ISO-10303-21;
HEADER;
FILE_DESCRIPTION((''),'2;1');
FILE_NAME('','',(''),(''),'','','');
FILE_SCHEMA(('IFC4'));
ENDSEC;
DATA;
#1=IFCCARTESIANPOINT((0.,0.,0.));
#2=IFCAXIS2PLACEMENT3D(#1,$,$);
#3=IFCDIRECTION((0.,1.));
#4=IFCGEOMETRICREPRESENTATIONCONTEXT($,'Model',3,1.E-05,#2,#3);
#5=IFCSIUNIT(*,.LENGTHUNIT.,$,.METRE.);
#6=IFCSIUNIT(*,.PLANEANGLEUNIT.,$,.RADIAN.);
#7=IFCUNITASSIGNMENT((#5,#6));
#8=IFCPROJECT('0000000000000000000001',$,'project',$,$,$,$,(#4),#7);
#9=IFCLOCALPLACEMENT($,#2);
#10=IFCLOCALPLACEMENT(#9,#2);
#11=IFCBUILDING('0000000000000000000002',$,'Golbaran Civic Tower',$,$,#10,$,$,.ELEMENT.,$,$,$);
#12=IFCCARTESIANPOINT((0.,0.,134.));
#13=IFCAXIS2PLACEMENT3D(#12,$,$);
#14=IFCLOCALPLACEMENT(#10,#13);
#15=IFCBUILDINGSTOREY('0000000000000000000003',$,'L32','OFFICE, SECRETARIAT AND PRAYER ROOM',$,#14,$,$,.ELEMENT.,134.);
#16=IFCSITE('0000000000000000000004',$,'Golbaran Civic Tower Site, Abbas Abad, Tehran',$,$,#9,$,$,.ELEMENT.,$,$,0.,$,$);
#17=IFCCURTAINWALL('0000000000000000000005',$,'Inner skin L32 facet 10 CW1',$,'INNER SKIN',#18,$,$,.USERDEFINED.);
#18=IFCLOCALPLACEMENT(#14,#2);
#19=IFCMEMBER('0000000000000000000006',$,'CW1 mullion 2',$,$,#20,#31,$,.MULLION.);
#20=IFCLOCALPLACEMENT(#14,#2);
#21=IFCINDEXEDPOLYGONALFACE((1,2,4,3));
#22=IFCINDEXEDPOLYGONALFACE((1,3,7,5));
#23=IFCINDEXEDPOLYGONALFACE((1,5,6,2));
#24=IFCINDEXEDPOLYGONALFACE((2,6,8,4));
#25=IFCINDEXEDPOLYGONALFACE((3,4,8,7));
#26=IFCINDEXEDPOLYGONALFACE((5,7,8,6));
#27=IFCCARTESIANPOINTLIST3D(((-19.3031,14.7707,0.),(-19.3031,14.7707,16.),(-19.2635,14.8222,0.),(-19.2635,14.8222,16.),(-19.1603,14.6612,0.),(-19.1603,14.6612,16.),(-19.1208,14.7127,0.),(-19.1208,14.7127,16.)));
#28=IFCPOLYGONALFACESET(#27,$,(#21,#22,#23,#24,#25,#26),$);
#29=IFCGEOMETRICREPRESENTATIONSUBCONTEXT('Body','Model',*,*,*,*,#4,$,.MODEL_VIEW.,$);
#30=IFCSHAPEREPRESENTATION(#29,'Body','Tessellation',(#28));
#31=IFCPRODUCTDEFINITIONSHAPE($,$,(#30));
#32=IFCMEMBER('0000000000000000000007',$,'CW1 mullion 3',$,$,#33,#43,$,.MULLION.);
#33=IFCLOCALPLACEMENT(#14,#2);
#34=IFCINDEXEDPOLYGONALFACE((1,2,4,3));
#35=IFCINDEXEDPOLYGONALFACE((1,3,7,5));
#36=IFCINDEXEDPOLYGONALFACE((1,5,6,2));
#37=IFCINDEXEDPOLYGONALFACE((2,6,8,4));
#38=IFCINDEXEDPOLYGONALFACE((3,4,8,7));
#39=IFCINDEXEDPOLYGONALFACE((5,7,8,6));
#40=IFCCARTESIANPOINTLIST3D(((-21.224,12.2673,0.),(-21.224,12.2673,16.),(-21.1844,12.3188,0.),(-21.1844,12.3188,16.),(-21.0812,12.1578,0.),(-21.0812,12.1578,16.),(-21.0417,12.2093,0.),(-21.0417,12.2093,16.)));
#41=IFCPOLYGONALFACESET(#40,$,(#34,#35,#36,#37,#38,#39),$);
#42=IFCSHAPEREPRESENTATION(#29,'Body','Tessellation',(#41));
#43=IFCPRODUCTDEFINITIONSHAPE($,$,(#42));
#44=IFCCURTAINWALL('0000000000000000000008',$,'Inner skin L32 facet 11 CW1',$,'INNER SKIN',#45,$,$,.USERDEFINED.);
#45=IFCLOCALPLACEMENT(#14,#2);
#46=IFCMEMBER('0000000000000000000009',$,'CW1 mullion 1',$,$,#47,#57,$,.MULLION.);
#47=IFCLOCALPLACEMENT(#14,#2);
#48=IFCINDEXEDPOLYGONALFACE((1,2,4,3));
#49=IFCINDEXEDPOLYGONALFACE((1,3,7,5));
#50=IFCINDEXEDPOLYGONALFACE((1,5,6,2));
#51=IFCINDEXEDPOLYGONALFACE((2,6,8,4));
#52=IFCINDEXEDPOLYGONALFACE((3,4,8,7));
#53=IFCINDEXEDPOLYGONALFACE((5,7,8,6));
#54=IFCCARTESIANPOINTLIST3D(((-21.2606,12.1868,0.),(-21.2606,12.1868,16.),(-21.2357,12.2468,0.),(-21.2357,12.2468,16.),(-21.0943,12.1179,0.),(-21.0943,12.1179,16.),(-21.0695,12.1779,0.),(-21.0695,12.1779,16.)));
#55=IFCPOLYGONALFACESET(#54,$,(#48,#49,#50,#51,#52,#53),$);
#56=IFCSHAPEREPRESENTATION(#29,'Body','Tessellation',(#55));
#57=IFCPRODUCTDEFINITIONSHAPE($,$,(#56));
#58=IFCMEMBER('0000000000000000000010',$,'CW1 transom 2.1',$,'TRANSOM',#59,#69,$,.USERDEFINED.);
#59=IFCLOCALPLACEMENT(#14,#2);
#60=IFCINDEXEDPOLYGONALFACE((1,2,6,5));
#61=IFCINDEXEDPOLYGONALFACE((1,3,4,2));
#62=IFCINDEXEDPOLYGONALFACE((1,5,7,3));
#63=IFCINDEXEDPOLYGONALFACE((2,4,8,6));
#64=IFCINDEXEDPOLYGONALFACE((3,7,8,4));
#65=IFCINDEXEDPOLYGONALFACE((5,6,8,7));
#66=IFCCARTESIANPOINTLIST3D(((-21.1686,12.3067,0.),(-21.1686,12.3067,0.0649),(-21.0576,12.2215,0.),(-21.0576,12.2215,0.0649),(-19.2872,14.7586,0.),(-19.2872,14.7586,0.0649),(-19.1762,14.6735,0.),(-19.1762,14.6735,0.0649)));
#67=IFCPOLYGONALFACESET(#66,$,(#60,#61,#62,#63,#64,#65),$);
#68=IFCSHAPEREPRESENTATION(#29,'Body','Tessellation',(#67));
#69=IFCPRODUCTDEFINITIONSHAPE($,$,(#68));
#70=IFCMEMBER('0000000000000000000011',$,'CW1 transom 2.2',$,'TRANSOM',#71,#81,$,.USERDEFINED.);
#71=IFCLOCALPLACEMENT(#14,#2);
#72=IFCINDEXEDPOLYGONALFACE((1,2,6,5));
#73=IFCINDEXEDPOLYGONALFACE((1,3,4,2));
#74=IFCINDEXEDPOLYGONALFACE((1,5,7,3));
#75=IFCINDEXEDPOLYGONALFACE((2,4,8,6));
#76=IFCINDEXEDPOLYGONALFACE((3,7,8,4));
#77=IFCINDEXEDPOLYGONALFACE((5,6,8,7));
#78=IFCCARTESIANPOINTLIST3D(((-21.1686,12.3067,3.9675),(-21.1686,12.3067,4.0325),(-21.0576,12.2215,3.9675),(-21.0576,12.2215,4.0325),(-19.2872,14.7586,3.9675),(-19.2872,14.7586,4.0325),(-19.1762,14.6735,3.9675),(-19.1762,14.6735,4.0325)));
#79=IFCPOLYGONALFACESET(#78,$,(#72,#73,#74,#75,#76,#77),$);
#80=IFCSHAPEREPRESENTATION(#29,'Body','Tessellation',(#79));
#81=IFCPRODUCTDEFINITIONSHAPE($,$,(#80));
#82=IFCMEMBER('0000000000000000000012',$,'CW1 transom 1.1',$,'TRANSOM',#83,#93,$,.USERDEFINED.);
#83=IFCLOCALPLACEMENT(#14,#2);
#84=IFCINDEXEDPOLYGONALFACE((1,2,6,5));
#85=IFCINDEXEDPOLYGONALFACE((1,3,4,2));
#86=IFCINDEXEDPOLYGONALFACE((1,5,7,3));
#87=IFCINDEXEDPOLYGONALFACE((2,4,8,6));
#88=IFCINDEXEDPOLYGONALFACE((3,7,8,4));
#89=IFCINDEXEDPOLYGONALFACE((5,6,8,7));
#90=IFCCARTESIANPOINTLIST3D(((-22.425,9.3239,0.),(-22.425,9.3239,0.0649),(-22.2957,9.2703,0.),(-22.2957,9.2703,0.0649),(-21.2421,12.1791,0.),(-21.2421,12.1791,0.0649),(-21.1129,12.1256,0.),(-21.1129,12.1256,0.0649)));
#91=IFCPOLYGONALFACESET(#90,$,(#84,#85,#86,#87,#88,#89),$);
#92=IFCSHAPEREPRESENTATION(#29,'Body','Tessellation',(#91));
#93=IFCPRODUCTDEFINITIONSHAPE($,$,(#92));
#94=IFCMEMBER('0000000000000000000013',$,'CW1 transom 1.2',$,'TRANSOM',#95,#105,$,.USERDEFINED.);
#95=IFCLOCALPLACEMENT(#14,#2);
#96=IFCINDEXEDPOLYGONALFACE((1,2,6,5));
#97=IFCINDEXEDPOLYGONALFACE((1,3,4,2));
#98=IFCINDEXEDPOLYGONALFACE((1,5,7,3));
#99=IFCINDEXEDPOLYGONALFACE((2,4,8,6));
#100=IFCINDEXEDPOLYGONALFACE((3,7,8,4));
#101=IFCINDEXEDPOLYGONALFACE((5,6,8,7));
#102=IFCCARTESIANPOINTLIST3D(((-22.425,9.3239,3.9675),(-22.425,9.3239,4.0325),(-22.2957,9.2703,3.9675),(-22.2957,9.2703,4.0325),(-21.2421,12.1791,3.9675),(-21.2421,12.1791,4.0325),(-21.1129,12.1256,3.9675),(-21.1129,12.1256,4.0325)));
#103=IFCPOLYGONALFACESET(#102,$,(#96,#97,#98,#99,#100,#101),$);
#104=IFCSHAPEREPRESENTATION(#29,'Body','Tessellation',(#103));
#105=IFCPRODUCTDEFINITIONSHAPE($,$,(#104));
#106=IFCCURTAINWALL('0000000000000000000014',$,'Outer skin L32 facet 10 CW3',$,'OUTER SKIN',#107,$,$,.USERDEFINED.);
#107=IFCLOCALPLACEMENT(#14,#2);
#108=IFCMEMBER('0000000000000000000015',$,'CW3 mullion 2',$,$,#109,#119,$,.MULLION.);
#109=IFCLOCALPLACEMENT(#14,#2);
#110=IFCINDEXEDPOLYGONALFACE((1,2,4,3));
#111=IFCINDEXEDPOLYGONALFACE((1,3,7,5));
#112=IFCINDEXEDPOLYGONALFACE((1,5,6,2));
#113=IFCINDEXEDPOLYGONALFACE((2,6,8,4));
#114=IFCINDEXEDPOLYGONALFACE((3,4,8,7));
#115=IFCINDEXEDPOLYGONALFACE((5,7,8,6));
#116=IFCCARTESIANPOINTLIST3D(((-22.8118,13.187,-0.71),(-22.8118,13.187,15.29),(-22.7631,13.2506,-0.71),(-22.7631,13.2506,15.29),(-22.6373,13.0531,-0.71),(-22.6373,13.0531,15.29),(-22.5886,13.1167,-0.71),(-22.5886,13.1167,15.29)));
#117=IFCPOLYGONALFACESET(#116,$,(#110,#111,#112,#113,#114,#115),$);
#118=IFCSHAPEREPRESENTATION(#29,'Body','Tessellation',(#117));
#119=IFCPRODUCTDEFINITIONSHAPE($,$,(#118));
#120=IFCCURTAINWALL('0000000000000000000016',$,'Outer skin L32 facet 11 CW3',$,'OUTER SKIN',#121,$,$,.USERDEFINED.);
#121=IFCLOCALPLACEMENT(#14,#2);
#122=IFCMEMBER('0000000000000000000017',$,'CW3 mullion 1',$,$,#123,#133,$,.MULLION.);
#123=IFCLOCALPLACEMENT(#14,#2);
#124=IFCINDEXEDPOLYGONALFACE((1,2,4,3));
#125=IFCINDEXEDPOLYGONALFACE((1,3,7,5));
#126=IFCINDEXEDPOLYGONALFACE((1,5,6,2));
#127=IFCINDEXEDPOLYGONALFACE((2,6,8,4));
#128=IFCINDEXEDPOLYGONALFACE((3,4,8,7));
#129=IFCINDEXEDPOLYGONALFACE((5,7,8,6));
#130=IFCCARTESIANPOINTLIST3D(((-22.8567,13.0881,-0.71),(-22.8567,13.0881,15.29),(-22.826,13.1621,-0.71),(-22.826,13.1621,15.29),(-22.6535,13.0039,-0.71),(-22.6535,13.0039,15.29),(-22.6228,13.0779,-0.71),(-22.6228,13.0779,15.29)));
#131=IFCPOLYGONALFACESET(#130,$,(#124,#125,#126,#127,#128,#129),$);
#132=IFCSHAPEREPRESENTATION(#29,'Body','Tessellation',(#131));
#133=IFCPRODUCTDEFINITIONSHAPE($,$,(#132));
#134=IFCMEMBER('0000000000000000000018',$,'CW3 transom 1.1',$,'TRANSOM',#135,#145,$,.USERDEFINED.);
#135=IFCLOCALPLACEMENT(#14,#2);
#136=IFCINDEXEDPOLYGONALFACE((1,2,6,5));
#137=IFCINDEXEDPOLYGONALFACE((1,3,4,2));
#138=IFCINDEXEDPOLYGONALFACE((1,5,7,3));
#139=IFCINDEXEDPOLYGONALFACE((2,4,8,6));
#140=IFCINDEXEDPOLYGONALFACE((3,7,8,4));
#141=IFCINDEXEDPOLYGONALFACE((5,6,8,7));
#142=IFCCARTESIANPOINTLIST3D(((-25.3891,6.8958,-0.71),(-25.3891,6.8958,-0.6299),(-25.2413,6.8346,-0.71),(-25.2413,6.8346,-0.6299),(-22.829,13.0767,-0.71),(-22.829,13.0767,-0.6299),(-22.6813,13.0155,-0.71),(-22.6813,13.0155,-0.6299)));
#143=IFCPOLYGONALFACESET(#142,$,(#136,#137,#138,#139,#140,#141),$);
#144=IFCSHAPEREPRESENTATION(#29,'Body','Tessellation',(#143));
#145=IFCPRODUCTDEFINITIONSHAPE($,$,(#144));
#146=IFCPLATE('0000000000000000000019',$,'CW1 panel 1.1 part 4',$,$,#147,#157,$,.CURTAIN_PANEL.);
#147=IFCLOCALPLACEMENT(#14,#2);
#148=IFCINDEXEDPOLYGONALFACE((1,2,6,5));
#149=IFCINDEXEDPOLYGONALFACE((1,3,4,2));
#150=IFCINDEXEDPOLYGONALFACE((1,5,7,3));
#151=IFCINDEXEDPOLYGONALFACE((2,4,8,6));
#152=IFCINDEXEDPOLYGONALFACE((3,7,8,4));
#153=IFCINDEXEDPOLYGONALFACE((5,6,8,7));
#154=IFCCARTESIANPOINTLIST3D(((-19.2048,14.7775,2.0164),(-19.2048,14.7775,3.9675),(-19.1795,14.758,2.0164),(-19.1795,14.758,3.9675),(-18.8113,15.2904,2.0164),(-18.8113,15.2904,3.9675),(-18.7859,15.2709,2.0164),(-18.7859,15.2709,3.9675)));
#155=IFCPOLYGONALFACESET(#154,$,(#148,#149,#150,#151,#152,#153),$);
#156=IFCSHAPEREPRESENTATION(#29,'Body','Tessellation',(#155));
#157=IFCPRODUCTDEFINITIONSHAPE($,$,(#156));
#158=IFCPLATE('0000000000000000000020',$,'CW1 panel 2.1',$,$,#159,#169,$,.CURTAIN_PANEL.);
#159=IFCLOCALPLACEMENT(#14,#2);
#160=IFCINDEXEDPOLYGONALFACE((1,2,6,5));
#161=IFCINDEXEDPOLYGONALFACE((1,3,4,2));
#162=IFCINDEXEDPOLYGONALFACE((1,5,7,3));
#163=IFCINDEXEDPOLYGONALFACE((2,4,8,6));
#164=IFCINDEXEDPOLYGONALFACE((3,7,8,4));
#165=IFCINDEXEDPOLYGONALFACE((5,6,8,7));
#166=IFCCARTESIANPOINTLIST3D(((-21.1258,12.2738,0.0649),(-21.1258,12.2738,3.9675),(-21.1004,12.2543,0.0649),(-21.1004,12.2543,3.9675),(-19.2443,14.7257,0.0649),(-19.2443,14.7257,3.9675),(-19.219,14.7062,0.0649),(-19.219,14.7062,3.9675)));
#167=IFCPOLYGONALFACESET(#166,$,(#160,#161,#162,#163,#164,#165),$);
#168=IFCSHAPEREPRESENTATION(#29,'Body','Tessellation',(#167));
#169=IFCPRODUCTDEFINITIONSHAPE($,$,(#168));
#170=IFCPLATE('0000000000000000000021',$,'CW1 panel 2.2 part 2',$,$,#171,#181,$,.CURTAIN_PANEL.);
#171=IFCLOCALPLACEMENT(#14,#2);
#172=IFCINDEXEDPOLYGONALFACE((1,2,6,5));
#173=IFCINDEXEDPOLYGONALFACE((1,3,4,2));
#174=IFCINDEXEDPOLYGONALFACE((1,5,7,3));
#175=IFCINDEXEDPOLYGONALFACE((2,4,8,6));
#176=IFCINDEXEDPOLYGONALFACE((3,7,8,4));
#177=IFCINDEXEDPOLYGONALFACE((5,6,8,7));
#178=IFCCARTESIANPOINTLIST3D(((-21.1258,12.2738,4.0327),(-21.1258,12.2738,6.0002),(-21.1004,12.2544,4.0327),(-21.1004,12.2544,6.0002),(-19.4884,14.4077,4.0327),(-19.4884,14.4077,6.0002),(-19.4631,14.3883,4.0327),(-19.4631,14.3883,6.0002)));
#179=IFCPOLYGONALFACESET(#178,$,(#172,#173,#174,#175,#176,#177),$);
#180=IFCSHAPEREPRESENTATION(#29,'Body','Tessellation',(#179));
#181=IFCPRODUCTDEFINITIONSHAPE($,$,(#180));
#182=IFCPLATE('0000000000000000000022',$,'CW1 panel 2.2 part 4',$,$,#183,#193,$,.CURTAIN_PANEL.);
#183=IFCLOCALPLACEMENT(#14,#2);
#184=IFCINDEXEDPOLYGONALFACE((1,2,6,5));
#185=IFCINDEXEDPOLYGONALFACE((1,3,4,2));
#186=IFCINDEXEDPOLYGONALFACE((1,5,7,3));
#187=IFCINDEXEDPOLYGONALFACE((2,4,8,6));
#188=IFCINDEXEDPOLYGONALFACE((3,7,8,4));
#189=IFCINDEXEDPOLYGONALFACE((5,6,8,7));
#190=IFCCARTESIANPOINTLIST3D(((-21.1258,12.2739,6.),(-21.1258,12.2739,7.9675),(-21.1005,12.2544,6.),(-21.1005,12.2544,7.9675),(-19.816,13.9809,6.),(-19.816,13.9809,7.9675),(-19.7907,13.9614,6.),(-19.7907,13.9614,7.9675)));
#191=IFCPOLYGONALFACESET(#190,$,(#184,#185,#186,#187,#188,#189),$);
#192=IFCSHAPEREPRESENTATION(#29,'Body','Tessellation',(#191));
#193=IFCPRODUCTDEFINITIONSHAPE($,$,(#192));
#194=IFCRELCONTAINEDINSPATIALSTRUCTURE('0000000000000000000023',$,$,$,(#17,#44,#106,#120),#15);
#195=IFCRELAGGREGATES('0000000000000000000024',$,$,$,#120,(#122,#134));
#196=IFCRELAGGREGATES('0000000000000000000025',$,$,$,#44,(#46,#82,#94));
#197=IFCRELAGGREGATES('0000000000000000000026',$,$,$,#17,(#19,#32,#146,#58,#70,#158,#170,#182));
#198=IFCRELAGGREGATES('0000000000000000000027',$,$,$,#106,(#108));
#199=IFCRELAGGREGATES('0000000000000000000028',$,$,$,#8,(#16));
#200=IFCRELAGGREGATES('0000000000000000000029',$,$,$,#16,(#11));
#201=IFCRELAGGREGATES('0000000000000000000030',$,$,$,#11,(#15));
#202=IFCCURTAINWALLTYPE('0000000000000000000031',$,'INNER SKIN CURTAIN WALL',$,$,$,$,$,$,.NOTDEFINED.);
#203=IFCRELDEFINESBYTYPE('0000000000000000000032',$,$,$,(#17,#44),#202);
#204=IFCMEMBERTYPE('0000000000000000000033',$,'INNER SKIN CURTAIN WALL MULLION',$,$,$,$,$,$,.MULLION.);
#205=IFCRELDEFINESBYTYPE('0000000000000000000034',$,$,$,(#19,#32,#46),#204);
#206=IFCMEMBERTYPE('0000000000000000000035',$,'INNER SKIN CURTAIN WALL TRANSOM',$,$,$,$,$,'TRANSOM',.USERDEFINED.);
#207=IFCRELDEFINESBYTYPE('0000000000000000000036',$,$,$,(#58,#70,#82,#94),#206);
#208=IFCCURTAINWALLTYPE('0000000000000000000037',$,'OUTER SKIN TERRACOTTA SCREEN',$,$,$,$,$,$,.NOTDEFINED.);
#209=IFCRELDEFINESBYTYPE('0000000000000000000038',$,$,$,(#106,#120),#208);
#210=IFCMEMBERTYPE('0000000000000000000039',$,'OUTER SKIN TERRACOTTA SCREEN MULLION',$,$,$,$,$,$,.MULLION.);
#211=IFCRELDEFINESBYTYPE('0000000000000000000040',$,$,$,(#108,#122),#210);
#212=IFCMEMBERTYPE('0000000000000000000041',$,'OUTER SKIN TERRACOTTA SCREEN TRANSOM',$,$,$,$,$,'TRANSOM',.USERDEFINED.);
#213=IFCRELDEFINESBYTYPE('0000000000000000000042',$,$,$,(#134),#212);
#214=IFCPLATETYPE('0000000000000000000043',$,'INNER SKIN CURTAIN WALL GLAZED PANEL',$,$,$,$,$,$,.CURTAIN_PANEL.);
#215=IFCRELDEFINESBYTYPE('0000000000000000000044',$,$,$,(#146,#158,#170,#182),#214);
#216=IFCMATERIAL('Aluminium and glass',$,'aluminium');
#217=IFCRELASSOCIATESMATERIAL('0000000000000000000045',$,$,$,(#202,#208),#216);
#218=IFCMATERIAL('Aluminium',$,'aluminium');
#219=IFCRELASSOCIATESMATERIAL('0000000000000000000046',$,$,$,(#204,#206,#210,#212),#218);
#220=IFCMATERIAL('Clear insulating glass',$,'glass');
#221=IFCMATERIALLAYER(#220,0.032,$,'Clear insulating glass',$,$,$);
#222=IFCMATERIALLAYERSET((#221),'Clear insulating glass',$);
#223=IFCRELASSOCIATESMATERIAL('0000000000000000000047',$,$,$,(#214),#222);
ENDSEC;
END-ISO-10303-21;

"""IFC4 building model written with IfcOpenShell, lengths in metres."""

from ifc_helpers import new_model, si_unit, direction, frame, origin, origin_2d, place, context, subcontext, project, spatial, rectangle, extrude, material, layer, layer_set, material_profile, profile_set, type_object, element, aggregate, save


model = new_model("IFC4")

# Units and contexts
model_context = context("Model", 3, precision=1e-05, world=origin(), true_north=direction((0.0, 1.0)))
body_context = subcontext(model_context, "Body", "Model", "MODEL_VIEW")
ifc_project = project(units=[si_unit("LENGTHUNIT", "METRE"), si_unit("PLANEANGLEUNIT", "RADIAN")], contexts=[model_context])

# Site, building, storey
site_placement = place(None, origin())
site = spatial("IfcSite", under=ifc_project, at=site_placement, Name="Golbaran Civic Tower Site, Abbas Abad, Tehran", CompositionType="ELEMENT", RefElevation=0.0)
building_placement = place(site_placement, origin())
building = spatial("IfcBuilding", under=site, at=building_placement, Name="Golbaran Civic Tower", CompositionType="ELEMENT")
storey_placement = place(building_placement, frame((0.0, 0.0, 134.0)))
storey = spatial("IfcBuildingStorey", under=building, at=storey_placement, Name="L32", Description="OFFICE, SECRETARIAT AND PRAYER ROOM", CompositionType="ELEMENT", Elevation=134.0)

# Curtain wall, members
ifc_material_1 = material(Name="Aluminium and glass", Category="aluminium")
curtain_wall_type_1 = type_object("IfcCurtainWallType", Name="INNER SKIN CURTAIN WALL", PredefinedType="NOTDEFINED", material=ifc_material_1)
curtain_wall_1_placement = place(storey_placement, origin())
curtain_wall_1 = element("IfcCurtainWall", 1, at=curtain_wall_1_placement, inside=storey, type_object=curtain_wall_type_1, Name="Inner skin L32 facet 10 CW1", ObjectType="INNER SKIN", PredefinedType="USERDEFINED")
ifc_material_2 = material(Name="Aluminium", Category="aluminium")
ifc_material_profile_1 = material_profile(ifc_material_2, rectangle(XDim=0.1799, YDim=0.0649, at=origin_2d()), Name="INNER SKIN CURTAIN WALL MULLION")
ifc_profile_set_1 = profile_set([ifc_material_profile_1], Name="Aluminium")
member_type_1 = type_object("IfcMemberType", Name="INNER SKIN CURTAIN WALL MULLION", PredefinedType="MULLION", material=ifc_profile_set_1)
member_1_placement = place(storey_placement, frame((-19.2119, 14.7417, 0.0), z_axis=(0.0, 0.0, 1.0), x_axis=(0.793353, -0.608761, 0.0)))
member_1 = element("IfcMember", 2, at=member_1_placement, type_object=member_type_1, Name="CW1 mullion 2", PredefinedType="MULLION", context=body_context, shape_type="SweptSolid", body=[
    extrude(rectangle(XDim=0.1799, YDim=0.0649, at=origin_2d()), origin(), (0.0, 0.0, 1.0), 16.0),
])
member_2_placement = place(storey_placement, frame((-21.1328, 12.2383, 0.0), z_axis=(0.0, 0.0, 1.0), x_axis=(0.793353, -0.608761, 0.0)))
member_2 = element("IfcMember", 3, at=member_2_placement, type_object=member_type_1, Name="CW1 mullion 3", PredefinedType="MULLION", context=body_context, shape_type="SweptSolid", body=[
    extrude(rectangle(XDim=0.1799, YDim=0.0649, at=origin_2d()), origin(), (0.0, 0.0, 1.0), 16.0),
])

# Curtain wall, member
curtain_wall_2_placement = place(storey_placement, origin())
curtain_wall_2 = element("IfcCurtainWall", 4, at=curtain_wall_2_placement, inside=storey, type_object=curtain_wall_type_1, Name="Inner skin L32 facet 11 CW1", ObjectType="INNER SKIN", PredefinedType="USERDEFINED")
member_3_placement = place(storey_placement, frame((-21.165, 12.1824, 0.0), z_axis=(0.0, 0.0, 1.0), x_axis=(0.92388, -0.382683, 0.0)))
member_3 = element("IfcMember", 5, at=member_3_placement, type_object=member_type_1, Name="CW1 mullion 1", PredefinedType="MULLION", context=body_context, shape_type="SweptSolid", body=[
    extrude(rectangle(XDim=0.1799, YDim=0.0649, at=origin_2d()), origin(), (0.0, 0.0, 1.0), 16.0),
])

# Members
ifc_material_profile_2 = material_profile(ifc_material_2, rectangle(XDim=0.1399, YDim=0.0649, at=origin_2d()), Name="INNER SKIN CURTAIN WALL TRANSOM")
ifc_profile_set_2 = profile_set([ifc_material_profile_2], Name="Aluminium")
member_type_2 = type_object("IfcMemberType", Name="INNER SKIN CURTAIN WALL TRANSOM", ElementType="TRANSOM", PredefinedType="USERDEFINED", material=ifc_profile_set_2)
member_4_placement = place(storey_placement, frame((-19.2317, 14.7161, 0.0325), z_axis=(-0.608748, -0.793363, 0.0), x_axis=(0.793363, -0.608748, 0.0)))
member_4 = element("IfcMember", 6, at=member_4_placement, type_object=member_type_2, Name="CW1 transom 2.1", ObjectType="TRANSOM", PredefinedType="USERDEFINED", context=body_context, shape_type="SweptSolid", body=[
    extrude(rectangle(XDim=0.1399, YDim=0.0649, at=origin_2d()), origin(), (0.0, 0.0, 1.0), 3.0906),
])
member_5_placement = place(storey_placement, frame((-19.2317, 14.7161, 4.0), z_axis=(-0.608748, -0.793363, 0.0), x_axis=(0.793363, -0.608748, 0.0)))
member_5 = element("IfcMember", 7, at=member_5_placement, type_object=member_type_2, Name="CW1 transom 2.2", ObjectType="TRANSOM", PredefinedType="USERDEFINED", context=body_context, shape_type="SweptSolid", body=[
    extrude(rectangle(XDim=0.1399, YDim=0.0649, at=origin_2d()), origin(), (0.0, 0.0, 1.0), 3.0906),
])
member_6_placement = place(storey_placement, frame((-21.1775, 12.1523, 0.0325), z_axis=(-0.382736, -0.923858, 0.0), x_axis=(0.923858, -0.382736, 0.0)))
member_6 = element("IfcMember", 8, at=member_6_placement, type_object=member_type_2, Name="CW1 transom 1.1", ObjectType="TRANSOM", PredefinedType="USERDEFINED", context=body_context, shape_type="SweptSolid", body=[
    extrude(rectangle(XDim=0.1399, YDim=0.0649, at=origin_2d()), origin(), (0.0, 0.0, 1.0), 3.0906),
])
member_7_placement = place(storey_placement, frame((-21.1775, 12.1523, 4.0), z_axis=(-0.382736, -0.923858, 0.0), x_axis=(0.923858, -0.382736, 0.0)))
member_7 = element("IfcMember", 9, at=member_7_placement, type_object=member_type_2, Name="CW1 transom 1.2", ObjectType="TRANSOM", PredefinedType="USERDEFINED", context=body_context, shape_type="SweptSolid", body=[
    extrude(rectangle(XDim=0.1399, YDim=0.0649, at=origin_2d()), origin(), (0.0, 0.0, 1.0), 3.0906),
])

# Curtain wall, member
curtain_wall_type_2 = type_object("IfcCurtainWallType", Name="OUTER SKIN TERRACOTTA SCREEN", PredefinedType="NOTDEFINED", material=ifc_material_1)
curtain_wall_3_placement = place(storey_placement, origin())
curtain_wall_3 = element("IfcCurtainWall", 10, at=curtain_wall_3_placement, inside=storey, type_object=curtain_wall_type_2, Name="Outer skin L32 facet 10 CW3", ObjectType="OUTER SKIN", PredefinedType="USERDEFINED")
ifc_material_profile_3 = material_profile(ifc_material_2, rectangle(XDim=0.22, YDim=0.0801, at=origin_2d()), Name="OUTER SKIN TERRACOTTA SCREEN MULLION")
ifc_profile_set_3 = profile_set([ifc_material_profile_3], Name="Aluminium")
member_type_3 = type_object("IfcMemberType", Name="OUTER SKIN TERRACOTTA SCREEN MULLION", PredefinedType="MULLION", material=ifc_profile_set_3)
member_8_placement = place(storey_placement, frame((-22.7002, 13.1519, -0.71), z_axis=(0.0, 0.0, 1.0), x_axis=(0.793353, -0.608761, 0.0)))
member_8 = element("IfcMember", 11, at=member_8_placement, type_object=member_type_3, Name="CW3 mullion 2", PredefinedType="MULLION", context=body_context, shape_type="SweptSolid", body=[
    extrude(rectangle(XDim=0.22, YDim=0.0801, at=origin_2d()), origin(), (0.0, 0.0, 1.0), 16.0),
])

# Curtain wall, members
curtain_wall_4_placement = place(storey_placement, origin())
curtain_wall_4 = element("IfcCurtainWall", 12, at=curtain_wall_4_placement, inside=storey, type_object=curtain_wall_type_2, Name="Outer skin L32 facet 11 CW3", ObjectType="OUTER SKIN", PredefinedType="USERDEFINED")
member_9_placement = place(storey_placement, frame((-22.7397, 13.083, -0.71), z_axis=(0.0, 0.0, 1.0), x_axis=(0.92388, -0.382683, 0.0)))
member_9 = element("IfcMember", 13, at=member_9_placement, type_object=member_type_3, Name="CW3 mullion 1", PredefinedType="MULLION", context=body_context, shape_type="SweptSolid", body=[
    extrude(rectangle(XDim=0.22, YDim=0.0801, at=origin_2d()), origin(), (0.0, 0.0, 1.0), 16.0),
])
ifc_material_profile_4 = material_profile(ifc_material_2, rectangle(XDim=0.1599, YDim=0.0801, at=origin_2d()), Name="OUTER SKIN TERRACOTTA SCREEN TRANSOM")
ifc_profile_set_4 = profile_set([ifc_material_profile_4], Name="Aluminium")
member_type_4 = type_object("IfcMemberType", Name="OUTER SKIN TERRACOTTA SCREEN TRANSOM", ElementType="TRANSOM", PredefinedType="USERDEFINED", material=ifc_profile_set_4)
member_10_placement = place(storey_placement, frame((-22.7551, 13.0461, -0.6699), z_axis=(-0.382663, -0.923888, 0.0), x_axis=(0.923888, -0.382663, 0.0)))
member_10 = element("IfcMember", 14, at=member_10_placement, type_object=member_type_4, Name="CW3 transom 1.1", ObjectType="TRANSOM", PredefinedType="USERDEFINED", context=body_context, shape_type="SweptSolid", body=[
    extrude(rectangle(XDim=0.1599, YDim=0.0801, at=origin_2d()), origin(), (0.0, 0.0, 1.0), 6.6902),
])
aggregate(curtain_wall_4, [member_9, member_10])

# Plates
ifc_material_3 = material(Name="Clear insulating glass", Category="glass")
ifc_layer_1 = layer(ifc_material_3, 0.032, Name="Clear insulating glass")
ifc_layer_set_1 = layer_set([ifc_layer_1], Name="Clear insulating glass")
plate_type_1 = type_object("IfcPlateType", Name="INNER SKIN CURTAIN WALL GLAZED PANEL", PredefinedType="CURTAIN_PANEL", material=ifc_layer_set_1)
plate_1_placement = place(storey_placement, frame((-18.9954, 15.0242, 2.0164), z_axis=(0.0, 0.0, 1.0), x_axis=(-0.608761, -0.793353, 0.0)))
plate_1 = element("IfcPlate", 15, at=plate_1_placement, type_object=plate_type_1, Name="CW1 panel 1.1 part 4", PredefinedType="CURTAIN_PANEL", context=body_context, shape_type="SweptSolid", body=[
    extrude(rectangle(XDim=0.6465, YDim=0.032, at=origin_2d()), origin(), (0.0, 0.0, 1.0), 1.9512),
])
plate_2_placement = place(storey_placement, frame((-20.1724, 13.49, 0.0649), z_axis=(0.0, 0.0, 1.0), x_axis=(-0.608761, -0.793353, 0.0)))
plate_2 = element("IfcPlate", 16, at=plate_2_placement, type_object=plate_type_1, Name="CW1 panel 2.1", PredefinedType="CURTAIN_PANEL", context=body_context, shape_type="SweptSolid", body=[
    extrude(rectangle(XDim=3.0906, YDim=0.032, at=origin_2d()), origin(), (0.0, 0.0, 1.0), 3.9026),
])
plate_3_placement = place(storey_placement, frame((-20.2944, 13.3311, 4.0327), z_axis=(0.0, 0.0, 1.0), x_axis=(-0.608761, -0.793353, 0.0)))
plate_3 = element("IfcPlate", 17, at=plate_3_placement, type_object=plate_type_1, Name="CW1 panel 2.2 part 2", PredefinedType="CURTAIN_PANEL", context=body_context, shape_type="SweptSolid", body=[
    extrude(rectangle(XDim=2.6897, YDim=0.032, at=origin_2d()), origin(), (0.0, 0.0, 1.0), 1.9675),
])
plate_4_placement = place(storey_placement, frame((-20.4583, 13.1177, 6.0), z_axis=(0.0, 0.0, 1.0), x_axis=(-0.608761, -0.793353, 0.0)))
plate_4 = element("IfcPlate", 18, at=plate_4_placement, type_object=plate_type_1, Name="CW1 panel 2.2 part 4", PredefinedType="CURTAIN_PANEL", context=body_context, shape_type="SweptSolid", body=[
    extrude(rectangle(XDim=2.1516, YDim=0.032, at=origin_2d()), origin(), (0.0, 0.0, 1.0), 1.9675),
])
aggregate(curtain_wall_2, [member_3, member_6, member_7])
aggregate(curtain_wall_1, [member_1, member_2, plate_1, member_4, member_5, plate_2, plate_3, plate_4])
aggregate(curtain_wall_3, [member_8])

save(model, "model.ifc")
